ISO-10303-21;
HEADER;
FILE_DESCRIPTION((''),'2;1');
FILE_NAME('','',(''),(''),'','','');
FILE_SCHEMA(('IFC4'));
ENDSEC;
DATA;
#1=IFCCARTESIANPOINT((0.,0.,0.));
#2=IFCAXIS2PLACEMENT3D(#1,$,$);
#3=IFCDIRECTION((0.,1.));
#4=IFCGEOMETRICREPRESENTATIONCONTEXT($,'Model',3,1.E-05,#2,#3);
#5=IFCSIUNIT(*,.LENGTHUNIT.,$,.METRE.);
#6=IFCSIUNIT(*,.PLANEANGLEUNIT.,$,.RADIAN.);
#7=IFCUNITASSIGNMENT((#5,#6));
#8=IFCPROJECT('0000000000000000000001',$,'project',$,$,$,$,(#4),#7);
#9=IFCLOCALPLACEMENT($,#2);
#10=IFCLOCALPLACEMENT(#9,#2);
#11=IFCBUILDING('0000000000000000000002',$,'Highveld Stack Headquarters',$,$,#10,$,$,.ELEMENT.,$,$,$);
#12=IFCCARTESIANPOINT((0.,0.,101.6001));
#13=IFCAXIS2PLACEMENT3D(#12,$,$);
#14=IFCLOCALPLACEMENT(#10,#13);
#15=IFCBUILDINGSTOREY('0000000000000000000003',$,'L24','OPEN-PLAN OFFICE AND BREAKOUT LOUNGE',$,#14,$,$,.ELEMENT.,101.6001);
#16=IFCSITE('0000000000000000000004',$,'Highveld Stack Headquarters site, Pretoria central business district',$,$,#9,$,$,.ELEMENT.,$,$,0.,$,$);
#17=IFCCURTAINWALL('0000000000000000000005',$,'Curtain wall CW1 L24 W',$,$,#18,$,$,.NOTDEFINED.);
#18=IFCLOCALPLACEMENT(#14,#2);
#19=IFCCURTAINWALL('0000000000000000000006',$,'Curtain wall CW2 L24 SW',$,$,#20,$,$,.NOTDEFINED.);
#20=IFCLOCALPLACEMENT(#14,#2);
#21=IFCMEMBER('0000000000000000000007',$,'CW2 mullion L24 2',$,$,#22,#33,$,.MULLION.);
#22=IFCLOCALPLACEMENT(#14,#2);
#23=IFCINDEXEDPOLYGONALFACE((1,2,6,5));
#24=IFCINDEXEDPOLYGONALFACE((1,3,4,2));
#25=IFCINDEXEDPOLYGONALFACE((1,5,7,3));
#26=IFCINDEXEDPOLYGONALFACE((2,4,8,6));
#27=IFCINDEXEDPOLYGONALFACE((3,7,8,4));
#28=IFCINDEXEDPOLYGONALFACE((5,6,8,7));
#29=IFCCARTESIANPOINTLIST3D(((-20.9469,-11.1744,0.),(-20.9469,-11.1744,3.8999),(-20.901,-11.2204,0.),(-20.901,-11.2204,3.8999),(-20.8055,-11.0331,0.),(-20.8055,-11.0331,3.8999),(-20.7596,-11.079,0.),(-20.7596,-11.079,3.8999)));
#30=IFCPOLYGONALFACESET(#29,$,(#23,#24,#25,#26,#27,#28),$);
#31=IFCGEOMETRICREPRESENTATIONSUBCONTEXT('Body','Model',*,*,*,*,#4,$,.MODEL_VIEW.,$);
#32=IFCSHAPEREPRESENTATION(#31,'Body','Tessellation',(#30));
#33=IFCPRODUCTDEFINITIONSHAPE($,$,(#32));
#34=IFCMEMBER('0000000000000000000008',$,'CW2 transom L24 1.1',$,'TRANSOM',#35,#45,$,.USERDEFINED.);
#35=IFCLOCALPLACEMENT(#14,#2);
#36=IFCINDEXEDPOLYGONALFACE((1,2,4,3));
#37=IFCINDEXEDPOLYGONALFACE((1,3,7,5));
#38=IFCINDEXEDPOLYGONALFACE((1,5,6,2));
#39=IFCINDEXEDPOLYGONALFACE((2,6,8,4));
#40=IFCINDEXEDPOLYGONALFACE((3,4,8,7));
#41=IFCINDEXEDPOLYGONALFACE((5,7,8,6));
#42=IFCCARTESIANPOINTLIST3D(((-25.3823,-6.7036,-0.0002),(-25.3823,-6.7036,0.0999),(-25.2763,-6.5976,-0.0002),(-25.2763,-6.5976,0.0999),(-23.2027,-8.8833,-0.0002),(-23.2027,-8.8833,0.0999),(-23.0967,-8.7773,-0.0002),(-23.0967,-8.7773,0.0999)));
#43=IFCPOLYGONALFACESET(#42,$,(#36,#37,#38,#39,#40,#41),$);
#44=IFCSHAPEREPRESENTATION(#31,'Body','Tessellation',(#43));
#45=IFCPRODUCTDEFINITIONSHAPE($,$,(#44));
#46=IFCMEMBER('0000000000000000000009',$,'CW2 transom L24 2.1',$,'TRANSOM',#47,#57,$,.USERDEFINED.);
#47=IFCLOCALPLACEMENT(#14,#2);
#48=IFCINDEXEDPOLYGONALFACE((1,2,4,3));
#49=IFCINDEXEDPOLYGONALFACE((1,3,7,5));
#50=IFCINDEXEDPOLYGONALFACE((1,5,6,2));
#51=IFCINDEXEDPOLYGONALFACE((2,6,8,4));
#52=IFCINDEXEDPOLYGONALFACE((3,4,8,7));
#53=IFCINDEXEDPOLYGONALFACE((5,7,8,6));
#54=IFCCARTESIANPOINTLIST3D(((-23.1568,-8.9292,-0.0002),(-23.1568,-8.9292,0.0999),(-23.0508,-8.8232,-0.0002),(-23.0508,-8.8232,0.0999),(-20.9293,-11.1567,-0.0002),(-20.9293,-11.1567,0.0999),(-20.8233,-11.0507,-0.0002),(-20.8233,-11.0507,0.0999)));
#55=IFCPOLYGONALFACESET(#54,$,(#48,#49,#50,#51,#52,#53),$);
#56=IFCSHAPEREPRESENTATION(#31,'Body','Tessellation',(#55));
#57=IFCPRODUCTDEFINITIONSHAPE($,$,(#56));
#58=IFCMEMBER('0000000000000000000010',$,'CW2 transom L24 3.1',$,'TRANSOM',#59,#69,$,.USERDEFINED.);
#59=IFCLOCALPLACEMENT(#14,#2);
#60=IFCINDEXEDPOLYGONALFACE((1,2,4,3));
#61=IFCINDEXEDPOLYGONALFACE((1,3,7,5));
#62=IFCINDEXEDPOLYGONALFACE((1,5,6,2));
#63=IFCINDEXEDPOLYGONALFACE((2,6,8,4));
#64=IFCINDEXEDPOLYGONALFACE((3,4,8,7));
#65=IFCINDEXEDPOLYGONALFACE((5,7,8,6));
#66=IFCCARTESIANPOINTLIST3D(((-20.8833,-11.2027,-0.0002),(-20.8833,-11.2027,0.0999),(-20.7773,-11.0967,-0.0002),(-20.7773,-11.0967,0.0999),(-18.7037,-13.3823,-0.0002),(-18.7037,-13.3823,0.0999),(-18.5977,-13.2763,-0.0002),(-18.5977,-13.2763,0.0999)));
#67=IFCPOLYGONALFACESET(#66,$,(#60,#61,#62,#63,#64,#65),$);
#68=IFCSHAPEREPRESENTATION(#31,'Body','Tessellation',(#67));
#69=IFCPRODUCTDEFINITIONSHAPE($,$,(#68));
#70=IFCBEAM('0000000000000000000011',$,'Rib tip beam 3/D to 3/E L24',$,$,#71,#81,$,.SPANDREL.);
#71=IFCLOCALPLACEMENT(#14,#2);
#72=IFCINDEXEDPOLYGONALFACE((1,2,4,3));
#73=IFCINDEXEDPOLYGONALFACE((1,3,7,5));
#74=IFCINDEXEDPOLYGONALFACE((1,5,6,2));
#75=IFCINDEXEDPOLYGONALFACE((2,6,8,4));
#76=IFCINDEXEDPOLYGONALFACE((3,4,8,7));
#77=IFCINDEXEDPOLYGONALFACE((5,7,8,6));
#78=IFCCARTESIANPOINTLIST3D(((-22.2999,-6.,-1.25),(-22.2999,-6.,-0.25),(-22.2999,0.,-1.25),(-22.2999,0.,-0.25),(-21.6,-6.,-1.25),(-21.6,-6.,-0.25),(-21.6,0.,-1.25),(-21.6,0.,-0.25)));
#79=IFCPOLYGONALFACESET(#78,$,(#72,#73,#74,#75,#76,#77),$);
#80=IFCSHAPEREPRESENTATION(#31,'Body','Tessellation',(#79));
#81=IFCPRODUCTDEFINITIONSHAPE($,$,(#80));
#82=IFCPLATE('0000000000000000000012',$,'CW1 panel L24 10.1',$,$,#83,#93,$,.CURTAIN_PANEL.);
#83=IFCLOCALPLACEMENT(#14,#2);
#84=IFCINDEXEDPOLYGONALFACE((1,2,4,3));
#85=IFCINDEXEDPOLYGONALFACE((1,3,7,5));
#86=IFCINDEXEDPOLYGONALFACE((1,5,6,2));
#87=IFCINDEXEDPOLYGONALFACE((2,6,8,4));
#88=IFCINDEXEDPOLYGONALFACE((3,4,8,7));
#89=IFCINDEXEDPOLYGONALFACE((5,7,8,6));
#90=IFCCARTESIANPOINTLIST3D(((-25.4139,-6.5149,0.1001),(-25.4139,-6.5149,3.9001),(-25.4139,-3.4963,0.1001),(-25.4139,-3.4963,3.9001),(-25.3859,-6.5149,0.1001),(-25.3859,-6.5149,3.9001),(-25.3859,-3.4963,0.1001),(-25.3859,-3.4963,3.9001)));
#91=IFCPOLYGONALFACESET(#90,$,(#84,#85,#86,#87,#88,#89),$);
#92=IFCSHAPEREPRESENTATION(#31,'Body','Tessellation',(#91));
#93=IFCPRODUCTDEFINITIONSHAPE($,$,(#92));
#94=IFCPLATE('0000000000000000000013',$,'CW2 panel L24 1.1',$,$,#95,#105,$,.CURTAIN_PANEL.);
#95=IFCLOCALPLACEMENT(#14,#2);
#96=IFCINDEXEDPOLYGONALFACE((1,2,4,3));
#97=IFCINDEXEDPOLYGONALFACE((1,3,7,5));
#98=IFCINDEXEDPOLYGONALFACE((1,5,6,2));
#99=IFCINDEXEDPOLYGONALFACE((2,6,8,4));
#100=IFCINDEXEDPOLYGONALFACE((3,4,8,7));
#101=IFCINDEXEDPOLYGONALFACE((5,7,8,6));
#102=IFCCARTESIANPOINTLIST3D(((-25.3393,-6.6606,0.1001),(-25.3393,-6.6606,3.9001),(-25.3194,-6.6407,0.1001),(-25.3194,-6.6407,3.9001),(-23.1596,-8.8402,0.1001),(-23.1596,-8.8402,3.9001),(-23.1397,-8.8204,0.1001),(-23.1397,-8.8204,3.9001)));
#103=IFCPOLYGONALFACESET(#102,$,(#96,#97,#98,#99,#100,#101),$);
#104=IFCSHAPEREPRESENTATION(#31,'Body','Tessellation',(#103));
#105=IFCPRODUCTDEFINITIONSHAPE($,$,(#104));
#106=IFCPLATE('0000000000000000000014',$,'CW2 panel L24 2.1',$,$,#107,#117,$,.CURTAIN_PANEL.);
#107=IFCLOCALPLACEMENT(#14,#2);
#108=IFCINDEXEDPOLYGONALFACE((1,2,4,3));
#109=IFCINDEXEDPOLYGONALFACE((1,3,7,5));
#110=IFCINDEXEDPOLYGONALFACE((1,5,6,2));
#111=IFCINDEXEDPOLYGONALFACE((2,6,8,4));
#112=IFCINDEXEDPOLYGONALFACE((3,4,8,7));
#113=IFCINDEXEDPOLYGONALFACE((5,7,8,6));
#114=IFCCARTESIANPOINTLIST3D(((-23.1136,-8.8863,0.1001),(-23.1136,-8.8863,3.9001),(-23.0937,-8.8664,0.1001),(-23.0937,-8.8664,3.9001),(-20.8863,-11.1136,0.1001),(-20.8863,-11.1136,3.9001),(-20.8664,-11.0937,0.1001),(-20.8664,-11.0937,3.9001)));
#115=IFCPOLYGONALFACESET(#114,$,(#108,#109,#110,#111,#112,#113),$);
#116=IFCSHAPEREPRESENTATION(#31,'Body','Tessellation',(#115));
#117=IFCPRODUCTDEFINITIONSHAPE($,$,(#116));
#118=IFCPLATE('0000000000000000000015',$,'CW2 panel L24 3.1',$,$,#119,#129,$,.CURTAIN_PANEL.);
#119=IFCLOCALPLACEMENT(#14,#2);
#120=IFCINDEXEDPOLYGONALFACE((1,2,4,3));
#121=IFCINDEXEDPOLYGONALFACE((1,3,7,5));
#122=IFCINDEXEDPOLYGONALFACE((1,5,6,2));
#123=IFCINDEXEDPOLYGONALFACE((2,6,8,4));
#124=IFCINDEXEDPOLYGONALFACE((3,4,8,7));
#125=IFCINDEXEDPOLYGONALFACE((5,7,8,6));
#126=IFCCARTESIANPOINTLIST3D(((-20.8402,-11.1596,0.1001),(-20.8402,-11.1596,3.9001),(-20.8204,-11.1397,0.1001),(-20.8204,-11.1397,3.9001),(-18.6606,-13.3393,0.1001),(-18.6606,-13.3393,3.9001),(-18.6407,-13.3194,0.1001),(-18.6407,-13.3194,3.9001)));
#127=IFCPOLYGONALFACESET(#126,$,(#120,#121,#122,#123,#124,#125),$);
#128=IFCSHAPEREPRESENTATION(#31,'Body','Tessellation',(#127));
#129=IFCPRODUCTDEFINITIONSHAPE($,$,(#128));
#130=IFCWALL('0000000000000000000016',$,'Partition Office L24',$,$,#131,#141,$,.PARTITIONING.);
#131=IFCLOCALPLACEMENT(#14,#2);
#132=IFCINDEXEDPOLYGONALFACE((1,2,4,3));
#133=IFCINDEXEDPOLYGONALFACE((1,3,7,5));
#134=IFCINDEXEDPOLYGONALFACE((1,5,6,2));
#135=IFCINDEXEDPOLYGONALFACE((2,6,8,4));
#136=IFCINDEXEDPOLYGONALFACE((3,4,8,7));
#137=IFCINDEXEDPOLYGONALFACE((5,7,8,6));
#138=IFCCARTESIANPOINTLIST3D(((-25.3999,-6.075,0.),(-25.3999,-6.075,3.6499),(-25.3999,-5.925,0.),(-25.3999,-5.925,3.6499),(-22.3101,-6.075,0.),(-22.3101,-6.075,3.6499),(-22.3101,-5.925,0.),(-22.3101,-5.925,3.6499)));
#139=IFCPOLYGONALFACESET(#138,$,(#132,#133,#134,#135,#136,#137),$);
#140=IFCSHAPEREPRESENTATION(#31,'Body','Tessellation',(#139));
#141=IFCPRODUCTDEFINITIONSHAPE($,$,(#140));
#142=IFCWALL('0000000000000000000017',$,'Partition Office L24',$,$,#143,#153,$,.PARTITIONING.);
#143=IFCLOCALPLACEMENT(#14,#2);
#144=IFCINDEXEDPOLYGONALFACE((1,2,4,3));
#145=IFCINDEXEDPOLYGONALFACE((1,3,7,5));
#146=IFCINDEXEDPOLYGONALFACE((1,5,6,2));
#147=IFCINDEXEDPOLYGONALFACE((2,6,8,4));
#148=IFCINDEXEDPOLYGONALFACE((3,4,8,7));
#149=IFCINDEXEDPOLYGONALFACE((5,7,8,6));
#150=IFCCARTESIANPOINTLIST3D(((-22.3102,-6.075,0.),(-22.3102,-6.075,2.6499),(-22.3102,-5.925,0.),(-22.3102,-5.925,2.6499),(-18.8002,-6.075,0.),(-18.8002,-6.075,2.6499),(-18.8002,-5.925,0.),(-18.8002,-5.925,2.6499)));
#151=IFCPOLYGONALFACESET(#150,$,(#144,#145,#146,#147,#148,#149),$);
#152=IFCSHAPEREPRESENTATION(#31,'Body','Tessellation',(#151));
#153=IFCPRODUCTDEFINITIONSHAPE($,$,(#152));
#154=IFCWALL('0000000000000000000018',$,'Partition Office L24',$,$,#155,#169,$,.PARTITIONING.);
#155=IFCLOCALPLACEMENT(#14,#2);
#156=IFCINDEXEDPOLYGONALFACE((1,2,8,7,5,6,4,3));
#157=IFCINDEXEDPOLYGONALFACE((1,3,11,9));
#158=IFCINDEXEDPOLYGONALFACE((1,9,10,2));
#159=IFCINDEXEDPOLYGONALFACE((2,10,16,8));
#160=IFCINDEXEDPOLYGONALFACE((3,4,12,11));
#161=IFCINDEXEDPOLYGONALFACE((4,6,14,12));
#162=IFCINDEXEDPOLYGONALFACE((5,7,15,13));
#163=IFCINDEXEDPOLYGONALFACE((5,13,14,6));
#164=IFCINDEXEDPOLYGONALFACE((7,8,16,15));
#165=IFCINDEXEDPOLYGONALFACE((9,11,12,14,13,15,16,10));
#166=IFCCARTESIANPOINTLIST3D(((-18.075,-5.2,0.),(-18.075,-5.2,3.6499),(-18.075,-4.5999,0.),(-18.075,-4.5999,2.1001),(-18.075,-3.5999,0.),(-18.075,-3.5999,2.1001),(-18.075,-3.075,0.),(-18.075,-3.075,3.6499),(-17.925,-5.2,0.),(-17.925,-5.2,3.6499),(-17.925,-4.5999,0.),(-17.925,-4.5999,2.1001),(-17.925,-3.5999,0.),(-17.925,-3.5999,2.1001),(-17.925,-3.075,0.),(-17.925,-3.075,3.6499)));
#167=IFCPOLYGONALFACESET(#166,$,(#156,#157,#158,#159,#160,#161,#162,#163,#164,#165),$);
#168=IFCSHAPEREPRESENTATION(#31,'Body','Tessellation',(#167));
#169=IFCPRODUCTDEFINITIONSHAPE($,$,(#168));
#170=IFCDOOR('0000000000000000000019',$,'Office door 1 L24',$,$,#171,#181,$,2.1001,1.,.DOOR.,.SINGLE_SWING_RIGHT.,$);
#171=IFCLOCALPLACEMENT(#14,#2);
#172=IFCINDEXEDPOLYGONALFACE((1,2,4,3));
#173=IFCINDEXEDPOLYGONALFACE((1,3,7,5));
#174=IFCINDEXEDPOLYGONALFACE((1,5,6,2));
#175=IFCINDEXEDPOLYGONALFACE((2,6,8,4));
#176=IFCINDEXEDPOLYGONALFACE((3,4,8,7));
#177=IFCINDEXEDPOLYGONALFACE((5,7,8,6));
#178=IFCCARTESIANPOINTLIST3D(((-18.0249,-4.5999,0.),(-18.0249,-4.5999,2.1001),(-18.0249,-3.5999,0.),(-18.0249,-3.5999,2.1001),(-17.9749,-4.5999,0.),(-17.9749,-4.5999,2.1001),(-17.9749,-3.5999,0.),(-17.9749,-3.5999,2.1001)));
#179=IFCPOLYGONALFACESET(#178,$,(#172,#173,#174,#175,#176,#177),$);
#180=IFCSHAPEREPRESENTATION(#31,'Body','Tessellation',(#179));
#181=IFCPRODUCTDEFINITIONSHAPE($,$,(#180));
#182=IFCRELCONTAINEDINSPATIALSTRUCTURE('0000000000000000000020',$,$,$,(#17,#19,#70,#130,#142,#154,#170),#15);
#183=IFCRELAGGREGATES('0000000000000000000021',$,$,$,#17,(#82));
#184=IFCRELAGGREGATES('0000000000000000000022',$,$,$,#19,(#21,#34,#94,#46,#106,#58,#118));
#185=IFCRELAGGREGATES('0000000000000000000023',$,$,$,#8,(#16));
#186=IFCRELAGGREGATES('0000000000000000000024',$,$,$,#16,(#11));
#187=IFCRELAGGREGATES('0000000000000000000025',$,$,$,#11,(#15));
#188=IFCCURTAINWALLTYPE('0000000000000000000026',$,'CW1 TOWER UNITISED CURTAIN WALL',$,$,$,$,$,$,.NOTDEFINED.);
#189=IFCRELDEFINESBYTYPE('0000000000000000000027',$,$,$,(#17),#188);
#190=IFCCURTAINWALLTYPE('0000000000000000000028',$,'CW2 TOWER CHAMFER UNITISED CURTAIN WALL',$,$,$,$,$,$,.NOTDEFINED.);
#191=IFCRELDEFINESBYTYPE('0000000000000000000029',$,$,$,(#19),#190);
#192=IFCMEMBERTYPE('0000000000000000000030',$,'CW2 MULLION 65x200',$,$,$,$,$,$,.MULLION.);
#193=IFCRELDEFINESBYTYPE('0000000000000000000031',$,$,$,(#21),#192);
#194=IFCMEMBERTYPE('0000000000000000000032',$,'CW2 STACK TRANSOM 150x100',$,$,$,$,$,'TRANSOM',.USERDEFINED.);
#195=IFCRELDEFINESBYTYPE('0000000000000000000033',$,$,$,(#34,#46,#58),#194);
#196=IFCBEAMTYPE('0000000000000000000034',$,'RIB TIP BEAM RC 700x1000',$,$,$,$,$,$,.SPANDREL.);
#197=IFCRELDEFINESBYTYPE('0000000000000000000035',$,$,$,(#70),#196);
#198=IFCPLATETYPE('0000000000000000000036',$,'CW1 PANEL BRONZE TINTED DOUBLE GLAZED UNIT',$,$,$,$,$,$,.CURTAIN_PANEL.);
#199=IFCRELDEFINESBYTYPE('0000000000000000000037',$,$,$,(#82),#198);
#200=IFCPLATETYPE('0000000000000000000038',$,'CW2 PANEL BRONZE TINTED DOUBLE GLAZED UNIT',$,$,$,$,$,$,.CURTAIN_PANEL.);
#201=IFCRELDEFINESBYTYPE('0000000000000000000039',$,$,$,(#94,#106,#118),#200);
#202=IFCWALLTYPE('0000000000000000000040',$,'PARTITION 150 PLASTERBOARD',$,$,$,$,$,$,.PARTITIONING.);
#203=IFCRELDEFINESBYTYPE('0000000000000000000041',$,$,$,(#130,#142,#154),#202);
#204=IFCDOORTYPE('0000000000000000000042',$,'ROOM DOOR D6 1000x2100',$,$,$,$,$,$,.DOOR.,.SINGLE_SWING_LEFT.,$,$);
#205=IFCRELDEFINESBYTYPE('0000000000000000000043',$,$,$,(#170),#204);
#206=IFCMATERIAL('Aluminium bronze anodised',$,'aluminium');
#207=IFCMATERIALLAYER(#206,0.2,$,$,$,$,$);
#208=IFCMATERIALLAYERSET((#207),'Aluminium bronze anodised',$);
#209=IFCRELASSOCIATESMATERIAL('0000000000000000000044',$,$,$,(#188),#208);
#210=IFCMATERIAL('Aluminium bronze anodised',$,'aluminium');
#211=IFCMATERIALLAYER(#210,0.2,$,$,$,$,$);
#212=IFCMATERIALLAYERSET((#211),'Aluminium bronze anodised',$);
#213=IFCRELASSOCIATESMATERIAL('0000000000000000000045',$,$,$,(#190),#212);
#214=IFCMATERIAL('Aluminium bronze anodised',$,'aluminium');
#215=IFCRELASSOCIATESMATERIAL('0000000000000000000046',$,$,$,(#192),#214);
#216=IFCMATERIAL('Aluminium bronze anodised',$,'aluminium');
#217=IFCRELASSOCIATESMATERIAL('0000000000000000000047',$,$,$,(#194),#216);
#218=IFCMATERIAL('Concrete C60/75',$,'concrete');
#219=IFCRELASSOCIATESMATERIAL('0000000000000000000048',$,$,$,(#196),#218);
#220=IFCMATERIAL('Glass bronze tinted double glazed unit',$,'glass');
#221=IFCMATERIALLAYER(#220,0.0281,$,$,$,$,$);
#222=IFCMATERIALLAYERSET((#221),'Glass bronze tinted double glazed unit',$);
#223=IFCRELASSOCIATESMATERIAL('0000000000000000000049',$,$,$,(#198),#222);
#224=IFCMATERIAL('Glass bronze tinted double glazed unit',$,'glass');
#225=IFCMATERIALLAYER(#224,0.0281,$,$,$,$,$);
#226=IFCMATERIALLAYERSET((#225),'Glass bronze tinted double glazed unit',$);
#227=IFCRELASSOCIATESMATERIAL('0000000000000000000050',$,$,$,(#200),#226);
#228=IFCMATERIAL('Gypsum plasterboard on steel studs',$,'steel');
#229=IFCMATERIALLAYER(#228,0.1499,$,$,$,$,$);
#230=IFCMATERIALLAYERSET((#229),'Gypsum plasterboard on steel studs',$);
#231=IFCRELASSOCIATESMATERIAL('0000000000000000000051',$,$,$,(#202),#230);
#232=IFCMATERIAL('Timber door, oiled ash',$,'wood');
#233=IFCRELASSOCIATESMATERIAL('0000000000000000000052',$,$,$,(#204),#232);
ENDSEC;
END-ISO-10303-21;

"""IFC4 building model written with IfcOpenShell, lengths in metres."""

from ifc_helpers import new_model, si_unit, direction, frame, frame_2d, origin, origin_2d, place, context, subcontext, project, spatial, rectangle, extrude, material, layer, layer_set, material_profile, profile_set, type_object, element, fill, aggregate, save


model = new_model("IFC4")

# Units and contexts
model_context = context("Model", 3, precision=1e-05, world=origin(), true_north=direction((0.0, 1.0)))
body_context = subcontext(model_context, "Body", "Model", "MODEL_VIEW")
ifc_project = project(units=[si_unit("LENGTHUNIT", "METRE"), si_unit("PLANEANGLEUNIT", "RADIAN")], contexts=[model_context])

# Site, building, storey
site_placement = place(None, origin())
site = spatial("IfcSite", under=ifc_project, at=site_placement, Name="Highveld Stack Headquarters site, Pretoria central business district", CompositionType="ELEMENT", RefElevation=0.0)
building_placement = place(site_placement, origin())
building = spatial("IfcBuilding", under=site, at=building_placement, Name="Highveld Stack Headquarters", CompositionType="ELEMENT")
storey_placement = place(building_placement, frame((0.0, 0.0, 101.6001)))
storey = spatial("IfcBuildingStorey", under=building, at=storey_placement, Name="L24", Description="OPEN-PLAN OFFICE AND BREAKOUT LOUNGE", CompositionType="ELEMENT", Elevation=101.6001)

# Shared definitions
ifc_material_1 = material(Name="Aluminium bronze anodised", Category="aluminium")
ifc_layer_1 = layer(ifc_material_1, 0.2)
ifc_layer_set_1 = layer_set([ifc_layer_1], Name="Aluminium bronze anodised")
curtain_wall_type_1 = type_object("IfcCurtainWallType", Name="CW1 TOWER UNITISED CURTAIN WALL", PredefinedType="NOTDEFINED", material=ifc_layer_set_1)

# Curtain wall
curtain_wall_1_placement = place(storey_placement, origin())
curtain_wall_1 = element("IfcCurtainWall", 1, at=curtain_wall_1_placement, inside=storey, type_object=curtain_wall_type_1, Name="Curtain wall CW1 L24 W", PredefinedType="NOTDEFINED")

# Curtain wall, members
ifc_material_2 = material(Name="Aluminium bronze anodised", Category="aluminium")
ifc_layer_2 = layer(ifc_material_2, 0.2)
ifc_layer_set_2 = layer_set([ifc_layer_2], Name="Aluminium bronze anodised")
curtain_wall_type_2 = type_object("IfcCurtainWallType", Name="CW2 TOWER CHAMFER UNITISED CURTAIN WALL", PredefinedType="NOTDEFINED", material=ifc_layer_set_2)
curtain_wall_2_placement = place(storey_placement, origin())
curtain_wall_2 = element("IfcCurtainWall", 2, at=curtain_wall_2_placement, inside=storey, type_object=curtain_wall_type_2, Name="Curtain wall CW2 L24 SW", PredefinedType="NOTDEFINED")
ifc_material_3 = material(Name="Aluminium bronze anodised", Category="aluminium")
ifc_material_profile_1 = material_profile(ifc_material_3, rectangle(XDim=0.2, YDim=0.0649, at=origin_2d()), Name="CW2 MULLION 65x200")
ifc_profile_set_1 = profile_set([ifc_material_profile_1], Name="Aluminium bronze anodised")
member_type_1 = type_object("IfcMemberType", Name="CW2 MULLION 65x200", PredefinedType="MULLION", material=ifc_profile_set_1)
member_1_placement = place(storey_placement, frame((-20.8533, -11.1267, 0.0), z_axis=(0.0, 0.0, 1.0), x_axis=(0.707107, 0.707107, 0.0)))
member_1 = element("IfcMember", 3, at=member_1_placement, type_object=member_type_1, Name="CW2 mullion L24 2", PredefinedType="MULLION", context=body_context, shape_type="SweptSolid", body=[
    extrude(rectangle(XDim=0.2, YDim=0.0649, at=origin_2d()), origin(), (0.0, 0.0, 1.0), 3.8999),
])
ifc_material_4 = material(Name="Aluminium bronze anodised", Category="aluminium")
ifc_material_profile_2 = material_profile(ifc_material_4, rectangle(XDim=0.1499, YDim=0.1001, at=origin_2d()), Name="CW2 TRANSOM 150x100")
ifc_profile_set_2 = profile_set([ifc_material_profile_2], Name="Aluminium bronze anodised")
member_type_2 = type_object("IfcMemberType", Name="CW2 STACK TRANSOM 150x100", ElementType="TRANSOM", PredefinedType="USERDEFINED", material=ifc_profile_set_2)
member_2_placement = place(storey_placement, frame((-25.3293, -6.6506, 0.0498), z_axis=(0.707107, -0.707107, 0.0), x_axis=(0.707107, 0.707107, 0.0)))
member_2 = element("IfcMember", 4, at=member_2_placement, type_object=member_type_2, Name="CW2 transom L24 1.1", ObjectType="TRANSOM", PredefinedType="USERDEFINED", context=body_context, shape_type="SweptSolid", body=[
    extrude(rectangle(XDim=0.1499, YDim=0.1001, at=origin_2d()), origin(), (0.0, 0.0, 1.0), 3.0825),
])
member_3_placement = place(storey_placement, frame((-23.1038, -8.8762, 0.0498), z_axis=(0.707107, -0.707107, 0.0), x_axis=(0.707107, 0.707107, 0.0)))
member_3 = element("IfcMember", 5, at=member_3_placement, type_object=member_type_2, Name="CW2 transom L24 2.1", ObjectType="TRANSOM", PredefinedType="USERDEFINED", context=body_context, shape_type="SweptSolid", body=[
    extrude(rectangle(XDim=0.1499, YDim=0.1001, at=origin_2d()), origin(), (0.0, 0.0, 1.0), 3.1501),
])
member_4_placement = place(storey_placement, frame((-20.8303, -11.1497, 0.0498), z_axis=(0.707107, -0.707107, 0.0), x_axis=(0.707107, 0.707107, 0.0)))
member_4 = element("IfcMember", 6, at=member_4_placement, type_object=member_type_2, Name="CW2 transom L24 3.1", ObjectType="TRANSOM", PredefinedType="USERDEFINED", context=body_context, shape_type="SweptSolid", body=[
    extrude(rectangle(XDim=0.1499, YDim=0.1001, at=origin_2d()), origin(), (0.0, 0.0, 1.0), 3.0825),
])

# Beam
ifc_material_5 = material(Name="Concrete C60/75", Category="concrete")
ifc_material_profile_3 = material_profile(ifc_material_5, rectangle(XDim=0.7, YDim=1.0, at=origin_2d()), Name="RC 700x1000")
ifc_profile_set_3 = profile_set([ifc_material_profile_3], Name="Concrete C60/75")
beam_type_1 = type_object("IfcBeamType", Name="RIB TIP BEAM RC 700x1000", PredefinedType="SPANDREL", material=ifc_profile_set_3)
beam_1_placement = place(storey_placement, frame((-21.95, -6.0, -0.75), z_axis=(0.0, 1.0, 0.0), x_axis=(-1.0, 0.0, 0.0)))
element("IfcBeam", 7, at=beam_1_placement, inside=storey, type_object=beam_type_1, Name="Rib tip beam 3/D to 3/E L24", PredefinedType="SPANDREL", context=body_context, shape_type="SweptSolid", body=[
    extrude(rectangle(XDim=0.7, YDim=1.0, at=origin_2d()), origin(), (0.0, 0.0, 1.0), 6.0),
])

# Plates
ifc_material_6 = material(Name="Glass bronze tinted double glazed unit", Category="glass")
ifc_layer_3 = layer(ifc_material_6, 0.0281)
ifc_layer_set_3 = layer_set([ifc_layer_3], Name="Glass bronze tinted double glazed unit")
plate_type_1 = type_object("IfcPlateType", Name="CW1 PANEL BRONZE TINTED DOUBLE GLAZED UNIT", PredefinedType="CURTAIN_PANEL", material=ifc_layer_set_3)
plate_1_placement = place(storey_placement, frame((-25.3999, -5.0056, 0.1001), z_axis=(0.0, 0.0, 1.0), x_axis=(0.0, -1.0, 0.0)))
plate_1 = element("IfcPlate", 8, at=plate_1_placement, type_object=plate_type_1, Name="CW1 panel L24 10.1", PredefinedType="CURTAIN_PANEL", context=body_context, shape_type="SweptSolid", body=[
    extrude(rectangle(XDim=3.0186, YDim=0.0281, at=origin_2d()), origin(), (0.0, 0.0, 1.0), 3.8),
])
aggregate(curtain_wall_1, [plate_1])
ifc_material_7 = material(Name="Glass bronze tinted double glazed unit", Category="glass")
ifc_layer_4 = layer(ifc_material_7, 0.0281)
ifc_layer_set_4 = layer_set([ifc_layer_4], Name="Glass bronze tinted double glazed unit")
plate_type_2 = type_object("IfcPlateType", Name="CW2 PANEL BRONZE TINTED DOUBLE GLAZED UNIT", PredefinedType="CURTAIN_PANEL", material=ifc_layer_set_4)
plate_2_placement = place(storey_placement, frame((-24.2395, -7.7405, 0.1001), z_axis=(0.0, 0.0, 1.0), x_axis=(0.707107, -0.707107, 0.0)))
plate_2 = element("IfcPlate", 9, at=plate_2_placement, type_object=plate_type_2, Name="CW2 panel L24 1.1", PredefinedType="CURTAIN_PANEL", context=body_context, shape_type="SweptSolid", body=[
    extrude(rectangle(XDim=3.0825, YDim=0.0281, at=origin_2d()), origin(), (0.0, 0.0, 1.0), 3.8),
])
plate_3_placement = place(storey_placement, frame((-21.99, -9.99, 0.1001), z_axis=(0.0, 0.0, 1.0), x_axis=(0.707107, -0.707107, 0.0)))
plate_3 = element("IfcPlate", 10, at=plate_3_placement, type_object=plate_type_2, Name="CW2 panel L24 2.1", PredefinedType="CURTAIN_PANEL", context=body_context, shape_type="SweptSolid", body=[
    extrude(rectangle(XDim=3.1499, YDim=0.0281, at=origin_2d()), origin(), (0.0, 0.0, 1.0), 3.8),
])
plate_4_placement = place(storey_placement, frame((-19.7405, -12.2395, 0.1001), z_axis=(0.0, 0.0, 1.0), x_axis=(0.707107, -0.707107, 0.0)))
plate_4 = element("IfcPlate", 11, at=plate_4_placement, type_object=plate_type_2, Name="CW2 panel L24 3.1", PredefinedType="CURTAIN_PANEL", context=body_context, shape_type="SweptSolid", body=[
    extrude(rectangle(XDim=3.0825, YDim=0.0281, at=origin_2d()), origin(), (0.0, 0.0, 1.0), 3.8),
])
aggregate(curtain_wall_2, [member_1, member_2, plate_2, member_3, plate_3, member_4, plate_4])

# Walls
ifc_material_8 = material(Name="Gypsum plasterboard on steel studs", Category="steel")
ifc_layer_5 = layer(ifc_material_8, 0.1499)
ifc_layer_set_5 = layer_set([ifc_layer_5], Name="Gypsum plasterboard on steel studs")
wall_type = type_object("IfcWallType", Name="PARTITION 150 PLASTERBOARD", PredefinedType="PARTITIONING", material=ifc_layer_set_5)
wall_1_placement = place(storey_placement, frame((-25.3999, -6.0, 0.0), z_axis=(0.0, 0.0, 1.0), x_axis=(1.0, 0.0, 0.0)))
element("IfcWall", 12, at=wall_1_placement, inside=storey, type_object=wall_type, Name="Partition Office L24", PredefinedType="PARTITIONING", context=body_context, shape_type="SweptSolid", body=[
    extrude(rectangle(XDim=3.0898, YDim=0.1499, at=frame_2d((1.5449, 0.0))), origin(), (0.0, 0.0, 1.0), 3.6499),
])
wall_2_placement = place(storey_placement, frame((-22.3101, -6.0, 0.0), z_axis=(0.0, 0.0, 1.0), x_axis=(1.0, 0.0, 0.0)))
element("IfcWall", 13, at=wall_2_placement, inside=storey, type_object=wall_type, Name="Partition Office L24", PredefinedType="PARTITIONING", context=body_context, shape_type="SweptSolid", body=[
    extrude(rectangle(XDim=3.51, YDim=0.1499, at=frame_2d((1.7549, 0.0))), origin(), (0.0, 0.0, 1.0), 2.6499),
])

# Wall, opening, door
wall_3_placement = place(storey_placement, frame((-18.0, -5.2, 0.0), z_axis=(0.0, 0.0, 1.0), x_axis=(0.0, 1.0, 0.0)))
wall_3 = element("IfcWall", 14, at=wall_3_placement, inside=storey, type_object=wall_type, Name="Partition Office L24", PredefinedType="PARTITIONING", context=body_context, shape_type="SweptSolid", body=[
    extrude(rectangle(XDim=2.125, YDim=0.1499, at=frame_2d((1.0625, 0.0))), origin(), (0.0, 0.0, 1.0), 3.6499),
])
opening_placement = place(wall_3_placement, frame((0.6001, 0.0, 0.0)))
opening = element("IfcOpeningElement", 15, at=opening_placement, cuts=wall_3, PredefinedType="OPENING", context=body_context, shape_type="SweptSolid", body=[
    extrude(rectangle(XDim=1.0, YDim=2.1001, at=frame_2d((0.5, 1.05))), frame((0.0, 0.085, 0.0), z_axis=(0.0, -1.0, 0.0), x_axis=(1.0, 0.0, 0.0)), (0.0, 0.0, 1.0), 0.1699),
])
ifc_material_9 = material(Name="Timber door, oiled ash", Category="wood")
door_type = type_object("IfcDoorType", Name="ROOM DOOR D6 1000x2100", OperationType="SINGLE_SWING_LEFT", PredefinedType="DOOR", material=ifc_material_9)
door_placement = place(opening_placement, origin())
door = element("IfcDoor", 16, at=door_placement, inside=storey, type_object=door_type, Name="Office door 1 L24", OperationType="SINGLE_SWING_RIGHT", OverallHeight=2.1001, OverallWidth=1.0, PredefinedType="DOOR", context=body_context, shape_type="SweptSolid", body=[
    extrude(rectangle(XDim=1.0, YDim=2.1001, at=frame_2d((0.5, 1.05))), frame((0.0, 0.0249, 0.0), z_axis=(0.0, -1.0, 0.0), x_axis=(1.0, 0.0, 0.0)), (0.0, 0.0, 1.0), 0.05),
])
fill(opening, door)

save(model, "model.ifc")
